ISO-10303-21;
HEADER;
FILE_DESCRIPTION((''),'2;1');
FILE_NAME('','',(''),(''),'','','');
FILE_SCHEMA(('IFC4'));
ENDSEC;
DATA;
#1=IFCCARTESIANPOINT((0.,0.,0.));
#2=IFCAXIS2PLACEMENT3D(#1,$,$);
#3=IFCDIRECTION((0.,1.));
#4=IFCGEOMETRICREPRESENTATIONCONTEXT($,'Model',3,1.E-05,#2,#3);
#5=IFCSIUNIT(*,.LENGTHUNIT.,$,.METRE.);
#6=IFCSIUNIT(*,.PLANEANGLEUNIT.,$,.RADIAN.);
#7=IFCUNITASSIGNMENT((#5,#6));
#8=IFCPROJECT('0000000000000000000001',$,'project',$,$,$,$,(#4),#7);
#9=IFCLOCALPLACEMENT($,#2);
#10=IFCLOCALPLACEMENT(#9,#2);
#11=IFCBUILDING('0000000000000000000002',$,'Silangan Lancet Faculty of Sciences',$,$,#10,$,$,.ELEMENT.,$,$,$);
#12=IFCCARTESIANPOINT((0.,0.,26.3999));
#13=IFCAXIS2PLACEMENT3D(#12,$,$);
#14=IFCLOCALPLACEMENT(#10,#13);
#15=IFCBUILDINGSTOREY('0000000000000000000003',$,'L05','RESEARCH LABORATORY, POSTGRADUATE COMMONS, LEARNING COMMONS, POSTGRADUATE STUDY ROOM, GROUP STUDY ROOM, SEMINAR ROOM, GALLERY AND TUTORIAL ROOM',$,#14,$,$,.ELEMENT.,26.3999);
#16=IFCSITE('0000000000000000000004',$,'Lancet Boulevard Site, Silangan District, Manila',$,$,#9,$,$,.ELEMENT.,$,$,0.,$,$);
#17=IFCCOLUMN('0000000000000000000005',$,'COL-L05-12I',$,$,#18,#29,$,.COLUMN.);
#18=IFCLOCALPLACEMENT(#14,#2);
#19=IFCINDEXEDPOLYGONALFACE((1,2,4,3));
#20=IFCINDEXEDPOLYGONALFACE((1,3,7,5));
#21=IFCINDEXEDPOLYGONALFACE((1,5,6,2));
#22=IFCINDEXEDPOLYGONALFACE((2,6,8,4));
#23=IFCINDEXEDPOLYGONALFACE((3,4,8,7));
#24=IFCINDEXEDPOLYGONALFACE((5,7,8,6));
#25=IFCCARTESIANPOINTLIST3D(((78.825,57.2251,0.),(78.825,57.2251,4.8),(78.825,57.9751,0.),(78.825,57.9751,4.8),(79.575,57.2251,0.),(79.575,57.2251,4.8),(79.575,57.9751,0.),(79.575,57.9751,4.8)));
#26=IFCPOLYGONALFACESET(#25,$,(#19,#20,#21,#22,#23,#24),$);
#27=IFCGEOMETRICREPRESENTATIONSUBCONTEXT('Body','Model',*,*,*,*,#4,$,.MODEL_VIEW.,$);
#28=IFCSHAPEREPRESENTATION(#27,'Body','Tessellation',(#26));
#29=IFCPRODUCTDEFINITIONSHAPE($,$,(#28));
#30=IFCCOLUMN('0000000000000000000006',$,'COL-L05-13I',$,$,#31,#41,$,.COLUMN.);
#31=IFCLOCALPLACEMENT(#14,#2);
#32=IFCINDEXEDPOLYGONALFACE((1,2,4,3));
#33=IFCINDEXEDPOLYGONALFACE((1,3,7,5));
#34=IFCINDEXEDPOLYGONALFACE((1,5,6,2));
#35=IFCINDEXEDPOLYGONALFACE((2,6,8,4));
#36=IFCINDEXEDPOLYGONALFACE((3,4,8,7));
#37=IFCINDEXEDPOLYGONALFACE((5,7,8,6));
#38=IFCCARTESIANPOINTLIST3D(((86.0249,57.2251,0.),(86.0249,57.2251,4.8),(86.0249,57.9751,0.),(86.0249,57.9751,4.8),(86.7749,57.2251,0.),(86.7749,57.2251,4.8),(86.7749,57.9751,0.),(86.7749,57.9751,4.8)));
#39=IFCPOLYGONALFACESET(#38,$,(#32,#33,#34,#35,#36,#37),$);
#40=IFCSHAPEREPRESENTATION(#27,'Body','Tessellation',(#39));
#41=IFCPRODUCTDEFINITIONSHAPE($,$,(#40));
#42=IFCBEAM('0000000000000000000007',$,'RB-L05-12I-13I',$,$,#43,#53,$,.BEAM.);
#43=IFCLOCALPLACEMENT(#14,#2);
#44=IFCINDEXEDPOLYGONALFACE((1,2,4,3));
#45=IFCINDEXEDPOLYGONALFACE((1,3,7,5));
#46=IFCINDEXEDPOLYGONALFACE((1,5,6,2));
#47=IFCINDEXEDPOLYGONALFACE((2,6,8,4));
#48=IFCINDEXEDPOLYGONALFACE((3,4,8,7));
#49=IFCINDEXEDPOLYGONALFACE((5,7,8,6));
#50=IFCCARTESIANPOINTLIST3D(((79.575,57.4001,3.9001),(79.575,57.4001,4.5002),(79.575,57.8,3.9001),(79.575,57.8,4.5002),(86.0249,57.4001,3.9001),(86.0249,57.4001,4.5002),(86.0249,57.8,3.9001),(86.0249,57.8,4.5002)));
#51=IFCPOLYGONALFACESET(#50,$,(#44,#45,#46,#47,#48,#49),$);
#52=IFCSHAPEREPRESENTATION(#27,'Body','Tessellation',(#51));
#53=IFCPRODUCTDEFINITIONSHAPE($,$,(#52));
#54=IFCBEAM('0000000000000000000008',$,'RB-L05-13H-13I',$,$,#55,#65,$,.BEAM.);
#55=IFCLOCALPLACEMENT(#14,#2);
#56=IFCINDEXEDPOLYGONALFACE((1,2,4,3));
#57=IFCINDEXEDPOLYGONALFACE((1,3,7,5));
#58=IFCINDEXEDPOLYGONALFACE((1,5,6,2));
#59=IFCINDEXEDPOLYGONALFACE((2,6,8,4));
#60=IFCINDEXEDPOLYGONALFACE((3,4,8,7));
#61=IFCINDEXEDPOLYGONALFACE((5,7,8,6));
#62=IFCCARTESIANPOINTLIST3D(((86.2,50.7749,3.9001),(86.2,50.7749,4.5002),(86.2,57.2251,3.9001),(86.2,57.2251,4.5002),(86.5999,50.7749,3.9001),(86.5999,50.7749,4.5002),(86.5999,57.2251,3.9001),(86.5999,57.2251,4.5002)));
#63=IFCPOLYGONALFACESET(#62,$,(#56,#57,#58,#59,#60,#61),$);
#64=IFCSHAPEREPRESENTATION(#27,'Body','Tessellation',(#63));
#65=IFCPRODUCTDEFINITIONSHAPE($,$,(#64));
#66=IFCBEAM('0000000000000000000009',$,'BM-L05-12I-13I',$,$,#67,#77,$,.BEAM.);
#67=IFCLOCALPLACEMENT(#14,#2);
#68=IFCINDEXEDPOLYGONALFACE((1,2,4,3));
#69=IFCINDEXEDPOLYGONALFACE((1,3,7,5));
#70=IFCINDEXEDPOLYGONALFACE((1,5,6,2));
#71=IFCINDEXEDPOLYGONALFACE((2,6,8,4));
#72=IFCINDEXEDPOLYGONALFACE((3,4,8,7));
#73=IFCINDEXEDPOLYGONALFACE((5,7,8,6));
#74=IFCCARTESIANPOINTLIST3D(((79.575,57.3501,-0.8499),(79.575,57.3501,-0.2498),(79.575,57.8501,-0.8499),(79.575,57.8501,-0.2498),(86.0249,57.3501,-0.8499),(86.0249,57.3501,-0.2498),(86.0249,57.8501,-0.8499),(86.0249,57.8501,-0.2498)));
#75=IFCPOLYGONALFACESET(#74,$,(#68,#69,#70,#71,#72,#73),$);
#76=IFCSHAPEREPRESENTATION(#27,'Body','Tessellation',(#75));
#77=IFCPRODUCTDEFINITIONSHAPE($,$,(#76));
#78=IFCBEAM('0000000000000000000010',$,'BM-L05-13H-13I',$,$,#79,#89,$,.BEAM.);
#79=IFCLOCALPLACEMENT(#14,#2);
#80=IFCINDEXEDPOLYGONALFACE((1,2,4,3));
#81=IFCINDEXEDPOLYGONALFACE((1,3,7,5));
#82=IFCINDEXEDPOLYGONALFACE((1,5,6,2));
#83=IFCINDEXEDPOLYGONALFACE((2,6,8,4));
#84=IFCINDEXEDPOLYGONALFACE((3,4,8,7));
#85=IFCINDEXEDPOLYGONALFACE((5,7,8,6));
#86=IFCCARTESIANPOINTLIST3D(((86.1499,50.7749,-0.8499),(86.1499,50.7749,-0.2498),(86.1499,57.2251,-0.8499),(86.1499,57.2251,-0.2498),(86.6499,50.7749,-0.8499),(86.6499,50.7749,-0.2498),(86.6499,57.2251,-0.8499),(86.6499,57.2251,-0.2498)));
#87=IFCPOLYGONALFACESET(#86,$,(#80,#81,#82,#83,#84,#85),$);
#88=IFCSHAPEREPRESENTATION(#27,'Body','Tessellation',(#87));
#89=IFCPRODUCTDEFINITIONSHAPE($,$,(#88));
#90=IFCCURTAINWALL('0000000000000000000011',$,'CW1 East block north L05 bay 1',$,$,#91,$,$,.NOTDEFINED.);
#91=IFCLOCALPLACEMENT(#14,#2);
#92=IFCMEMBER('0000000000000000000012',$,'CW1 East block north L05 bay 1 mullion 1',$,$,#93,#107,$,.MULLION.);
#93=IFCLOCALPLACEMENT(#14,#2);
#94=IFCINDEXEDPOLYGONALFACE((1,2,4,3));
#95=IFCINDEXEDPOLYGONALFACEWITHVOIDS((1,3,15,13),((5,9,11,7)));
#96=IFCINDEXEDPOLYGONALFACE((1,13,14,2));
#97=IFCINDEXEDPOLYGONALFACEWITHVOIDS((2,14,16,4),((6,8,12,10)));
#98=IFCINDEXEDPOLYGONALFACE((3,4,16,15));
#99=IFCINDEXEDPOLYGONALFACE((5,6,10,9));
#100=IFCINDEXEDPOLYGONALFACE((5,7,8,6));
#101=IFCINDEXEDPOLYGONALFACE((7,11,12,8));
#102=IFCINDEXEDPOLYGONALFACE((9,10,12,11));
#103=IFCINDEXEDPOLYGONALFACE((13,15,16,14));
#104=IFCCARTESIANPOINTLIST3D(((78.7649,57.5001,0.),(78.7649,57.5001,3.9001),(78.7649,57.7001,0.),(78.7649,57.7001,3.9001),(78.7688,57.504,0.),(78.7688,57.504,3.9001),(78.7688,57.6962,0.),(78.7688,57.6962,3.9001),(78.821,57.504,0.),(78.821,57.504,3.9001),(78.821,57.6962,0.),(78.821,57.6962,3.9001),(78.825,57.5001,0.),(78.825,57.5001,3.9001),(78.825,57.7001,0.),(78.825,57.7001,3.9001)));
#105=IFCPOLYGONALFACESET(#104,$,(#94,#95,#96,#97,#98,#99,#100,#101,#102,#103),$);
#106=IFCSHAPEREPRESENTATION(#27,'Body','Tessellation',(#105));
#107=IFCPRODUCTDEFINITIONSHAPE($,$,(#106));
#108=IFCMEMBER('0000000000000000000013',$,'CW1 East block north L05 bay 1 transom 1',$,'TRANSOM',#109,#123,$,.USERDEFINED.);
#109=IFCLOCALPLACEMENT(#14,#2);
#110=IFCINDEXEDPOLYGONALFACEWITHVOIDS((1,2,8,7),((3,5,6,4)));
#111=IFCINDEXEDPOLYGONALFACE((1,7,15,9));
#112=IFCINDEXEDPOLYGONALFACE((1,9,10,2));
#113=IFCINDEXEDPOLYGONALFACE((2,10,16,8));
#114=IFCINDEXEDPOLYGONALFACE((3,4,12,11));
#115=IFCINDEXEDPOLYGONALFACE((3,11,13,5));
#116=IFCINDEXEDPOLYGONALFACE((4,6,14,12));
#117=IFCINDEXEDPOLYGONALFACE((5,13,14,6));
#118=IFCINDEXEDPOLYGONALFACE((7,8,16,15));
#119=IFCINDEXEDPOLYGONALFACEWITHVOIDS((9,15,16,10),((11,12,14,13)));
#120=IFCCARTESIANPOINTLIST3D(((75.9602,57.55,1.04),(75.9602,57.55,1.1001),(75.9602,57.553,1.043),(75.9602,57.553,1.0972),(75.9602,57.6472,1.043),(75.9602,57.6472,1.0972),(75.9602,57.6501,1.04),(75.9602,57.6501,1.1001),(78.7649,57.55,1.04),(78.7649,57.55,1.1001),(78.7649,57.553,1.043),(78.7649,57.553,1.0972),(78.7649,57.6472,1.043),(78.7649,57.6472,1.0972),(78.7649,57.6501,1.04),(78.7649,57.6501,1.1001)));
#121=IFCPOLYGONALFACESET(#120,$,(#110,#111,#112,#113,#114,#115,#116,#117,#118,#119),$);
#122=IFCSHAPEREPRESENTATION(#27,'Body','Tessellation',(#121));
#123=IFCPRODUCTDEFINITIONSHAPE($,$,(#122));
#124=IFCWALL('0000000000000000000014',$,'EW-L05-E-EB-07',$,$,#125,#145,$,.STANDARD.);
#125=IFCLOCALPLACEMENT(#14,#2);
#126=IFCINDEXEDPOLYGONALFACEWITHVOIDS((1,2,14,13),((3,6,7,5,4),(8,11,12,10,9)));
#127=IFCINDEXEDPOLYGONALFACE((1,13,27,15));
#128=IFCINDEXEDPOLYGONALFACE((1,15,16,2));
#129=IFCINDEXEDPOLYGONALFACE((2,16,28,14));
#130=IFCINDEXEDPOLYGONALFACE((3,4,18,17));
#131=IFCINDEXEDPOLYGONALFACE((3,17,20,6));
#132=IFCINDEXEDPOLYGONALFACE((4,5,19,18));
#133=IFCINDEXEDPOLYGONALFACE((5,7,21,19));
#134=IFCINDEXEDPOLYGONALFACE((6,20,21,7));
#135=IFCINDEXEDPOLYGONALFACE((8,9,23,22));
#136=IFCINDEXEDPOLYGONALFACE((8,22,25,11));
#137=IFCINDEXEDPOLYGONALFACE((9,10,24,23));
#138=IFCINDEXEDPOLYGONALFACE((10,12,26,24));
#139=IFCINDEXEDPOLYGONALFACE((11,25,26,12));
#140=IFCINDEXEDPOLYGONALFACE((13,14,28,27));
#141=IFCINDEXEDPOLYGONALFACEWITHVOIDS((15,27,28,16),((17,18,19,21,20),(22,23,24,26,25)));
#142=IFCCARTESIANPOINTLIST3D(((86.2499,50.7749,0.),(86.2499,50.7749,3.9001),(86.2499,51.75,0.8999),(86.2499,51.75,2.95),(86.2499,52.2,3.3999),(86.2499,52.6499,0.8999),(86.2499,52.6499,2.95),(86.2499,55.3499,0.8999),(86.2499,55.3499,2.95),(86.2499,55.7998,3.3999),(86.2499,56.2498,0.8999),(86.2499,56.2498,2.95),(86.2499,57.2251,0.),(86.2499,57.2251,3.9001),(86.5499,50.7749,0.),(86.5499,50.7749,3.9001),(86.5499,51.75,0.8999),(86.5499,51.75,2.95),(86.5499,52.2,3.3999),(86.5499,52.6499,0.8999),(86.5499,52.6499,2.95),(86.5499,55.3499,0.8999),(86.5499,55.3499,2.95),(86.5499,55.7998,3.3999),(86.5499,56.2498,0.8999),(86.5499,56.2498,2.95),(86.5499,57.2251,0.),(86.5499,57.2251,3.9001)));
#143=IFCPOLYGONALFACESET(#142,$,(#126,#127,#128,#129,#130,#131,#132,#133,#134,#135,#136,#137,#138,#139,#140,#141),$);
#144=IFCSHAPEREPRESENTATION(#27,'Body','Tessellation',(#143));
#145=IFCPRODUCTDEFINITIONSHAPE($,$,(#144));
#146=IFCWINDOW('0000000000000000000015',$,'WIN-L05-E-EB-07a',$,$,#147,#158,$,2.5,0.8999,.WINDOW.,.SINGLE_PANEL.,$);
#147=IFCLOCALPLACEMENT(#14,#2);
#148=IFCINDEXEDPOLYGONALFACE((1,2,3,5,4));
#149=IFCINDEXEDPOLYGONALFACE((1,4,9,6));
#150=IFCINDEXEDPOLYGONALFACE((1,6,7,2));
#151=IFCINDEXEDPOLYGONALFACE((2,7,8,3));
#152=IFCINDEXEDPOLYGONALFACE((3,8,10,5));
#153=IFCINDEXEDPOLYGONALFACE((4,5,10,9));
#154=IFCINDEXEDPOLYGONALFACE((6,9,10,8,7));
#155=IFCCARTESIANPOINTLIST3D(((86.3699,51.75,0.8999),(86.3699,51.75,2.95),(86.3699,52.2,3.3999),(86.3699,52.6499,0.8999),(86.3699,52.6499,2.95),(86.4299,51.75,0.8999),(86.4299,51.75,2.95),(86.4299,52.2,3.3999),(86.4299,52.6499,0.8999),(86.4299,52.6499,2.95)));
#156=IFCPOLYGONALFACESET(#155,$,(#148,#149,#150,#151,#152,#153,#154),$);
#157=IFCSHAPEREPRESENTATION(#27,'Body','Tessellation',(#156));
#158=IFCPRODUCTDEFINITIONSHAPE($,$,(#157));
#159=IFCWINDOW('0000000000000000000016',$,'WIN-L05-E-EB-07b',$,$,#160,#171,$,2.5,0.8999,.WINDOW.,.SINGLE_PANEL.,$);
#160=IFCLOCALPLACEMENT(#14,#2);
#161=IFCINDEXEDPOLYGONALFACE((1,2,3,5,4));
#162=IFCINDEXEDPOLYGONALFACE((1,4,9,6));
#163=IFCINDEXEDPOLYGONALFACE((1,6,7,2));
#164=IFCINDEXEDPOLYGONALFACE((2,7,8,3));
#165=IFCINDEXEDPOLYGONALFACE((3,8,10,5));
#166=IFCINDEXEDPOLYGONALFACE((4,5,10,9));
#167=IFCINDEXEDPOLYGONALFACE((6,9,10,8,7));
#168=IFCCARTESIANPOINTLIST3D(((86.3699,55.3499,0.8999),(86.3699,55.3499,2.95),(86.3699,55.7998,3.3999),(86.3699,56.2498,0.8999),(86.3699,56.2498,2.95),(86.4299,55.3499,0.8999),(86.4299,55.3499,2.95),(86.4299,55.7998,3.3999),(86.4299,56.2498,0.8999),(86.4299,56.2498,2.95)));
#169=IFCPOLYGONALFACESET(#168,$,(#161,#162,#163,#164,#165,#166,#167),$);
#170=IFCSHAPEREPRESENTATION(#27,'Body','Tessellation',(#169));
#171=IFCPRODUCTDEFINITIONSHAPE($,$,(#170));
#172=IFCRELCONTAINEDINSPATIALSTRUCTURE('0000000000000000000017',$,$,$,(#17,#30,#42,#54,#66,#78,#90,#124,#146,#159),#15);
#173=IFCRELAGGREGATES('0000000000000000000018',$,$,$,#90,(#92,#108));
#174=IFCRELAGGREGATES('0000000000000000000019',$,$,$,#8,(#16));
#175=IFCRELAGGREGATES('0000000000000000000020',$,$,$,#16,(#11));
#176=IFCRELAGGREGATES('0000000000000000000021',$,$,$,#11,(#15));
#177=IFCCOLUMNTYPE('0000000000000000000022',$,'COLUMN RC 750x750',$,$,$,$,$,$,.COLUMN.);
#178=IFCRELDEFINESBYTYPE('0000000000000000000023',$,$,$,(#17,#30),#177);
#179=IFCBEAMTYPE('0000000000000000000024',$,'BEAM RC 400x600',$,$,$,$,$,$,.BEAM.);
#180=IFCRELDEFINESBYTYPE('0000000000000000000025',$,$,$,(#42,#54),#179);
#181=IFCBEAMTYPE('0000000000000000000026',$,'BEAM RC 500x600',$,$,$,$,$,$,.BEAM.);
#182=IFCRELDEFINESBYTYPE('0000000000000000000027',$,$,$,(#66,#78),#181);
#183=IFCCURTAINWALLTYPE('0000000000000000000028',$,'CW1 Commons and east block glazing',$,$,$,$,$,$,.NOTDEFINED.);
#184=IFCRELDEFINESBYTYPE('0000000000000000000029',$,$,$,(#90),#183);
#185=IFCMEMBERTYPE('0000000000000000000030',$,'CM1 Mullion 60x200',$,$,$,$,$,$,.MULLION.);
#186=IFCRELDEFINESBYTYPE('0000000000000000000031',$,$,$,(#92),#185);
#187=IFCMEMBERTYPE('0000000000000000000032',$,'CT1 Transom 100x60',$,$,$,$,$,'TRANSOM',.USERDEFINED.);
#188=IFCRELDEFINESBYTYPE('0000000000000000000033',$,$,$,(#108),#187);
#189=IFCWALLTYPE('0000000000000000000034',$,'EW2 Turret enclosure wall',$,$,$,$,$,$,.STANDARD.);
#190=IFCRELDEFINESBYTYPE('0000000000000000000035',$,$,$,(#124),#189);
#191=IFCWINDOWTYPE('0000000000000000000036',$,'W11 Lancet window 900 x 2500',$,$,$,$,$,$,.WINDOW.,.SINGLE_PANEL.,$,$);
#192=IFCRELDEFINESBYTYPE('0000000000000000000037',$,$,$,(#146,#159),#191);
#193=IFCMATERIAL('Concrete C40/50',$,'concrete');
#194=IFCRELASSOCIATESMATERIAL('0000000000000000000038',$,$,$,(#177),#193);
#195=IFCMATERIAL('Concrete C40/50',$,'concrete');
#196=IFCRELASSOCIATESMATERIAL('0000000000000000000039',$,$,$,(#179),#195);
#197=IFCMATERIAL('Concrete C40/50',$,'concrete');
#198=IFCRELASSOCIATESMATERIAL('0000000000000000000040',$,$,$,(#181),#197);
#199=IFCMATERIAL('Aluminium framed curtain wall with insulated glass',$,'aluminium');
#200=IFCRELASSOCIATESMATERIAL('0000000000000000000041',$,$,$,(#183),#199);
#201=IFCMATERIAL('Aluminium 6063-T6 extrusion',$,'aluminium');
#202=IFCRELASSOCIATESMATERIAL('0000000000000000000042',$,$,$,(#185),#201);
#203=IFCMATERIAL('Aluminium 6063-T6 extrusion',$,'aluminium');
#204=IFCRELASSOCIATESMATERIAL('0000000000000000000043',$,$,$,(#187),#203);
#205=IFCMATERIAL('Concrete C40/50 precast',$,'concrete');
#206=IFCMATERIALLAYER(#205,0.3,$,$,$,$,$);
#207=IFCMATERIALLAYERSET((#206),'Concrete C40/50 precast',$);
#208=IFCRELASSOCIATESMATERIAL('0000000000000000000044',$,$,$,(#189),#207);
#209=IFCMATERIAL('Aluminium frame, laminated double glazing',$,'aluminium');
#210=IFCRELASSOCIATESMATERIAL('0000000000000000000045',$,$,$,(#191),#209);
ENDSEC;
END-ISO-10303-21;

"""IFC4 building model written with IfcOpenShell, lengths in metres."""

from ifc_helpers import new_model, si_unit, direction, frame, frame_2d, origin, origin_2d, place, context, subcontext, project, spatial, polyline, rectangle, hollow_rectangle, outline, extrude, material, layer, layer_set, material_profile, profile_set, type_object, element, fill, aggregate, save


model = new_model("IFC4")

# Units and contexts
model_context = context("Model", 3, precision=1e-05, world=origin(), true_north=direction((0.0, 1.0)))
body_context = subcontext(model_context, "Body", "Model", "MODEL_VIEW")
ifc_project = project(units=[si_unit("LENGTHUNIT", "METRE"), si_unit("PLANEANGLEUNIT", "RADIAN")], contexts=[model_context])

# Site, building, storey
site_placement = place(None, origin())
site = spatial("IfcSite", under=ifc_project, at=site_placement, Name="Lancet Boulevard Site, Silangan District, Manila", CompositionType="ELEMENT", RefElevation=0.0)
building_placement = place(site_placement, origin())
building = spatial("IfcBuilding", under=site, at=building_placement, Name="Silangan Lancet Faculty of Sciences", CompositionType="ELEMENT")
storey_placement = place(building_placement, frame((0.0, 0.0, 26.3999)))
storey = spatial("IfcBuildingStorey", under=building, at=storey_placement, Name="L05", Description="RESEARCH LABORATORY, POSTGRADUATE COMMONS, LEARNING COMMONS, POSTGRADUATE STUDY ROOM, GROUP STUDY ROOM, SEMINAR ROOM, GALLERY AND TUTORIAL ROOM", CompositionType="ELEMENT", Elevation=26.3999)

# Columns
ifc_material_1 = material(Name="Concrete C40/50", Category="concrete")
ifc_material_profile_1 = material_profile(ifc_material_1, rectangle(XDim=0.75, YDim=0.75, at=origin_2d()), Name="RC 750x750")
ifc_profile_set_1 = profile_set([ifc_material_profile_1], Name="Concrete C40/50")
column_type = type_object("IfcColumnType", Name="COLUMN RC 750x750", PredefinedType="COLUMN", material=ifc_profile_set_1)
for number, where, z_axis, x_axis, name in (
    (1, (79.2, 57.6001, 0.0), (0.0, 0.0, 1.0), (1.0, 0.0, 0.0), "COL-L05-12I"),
    (2, (86.3999, 57.6001, 0.0), (0.0, 0.0, 1.0), (1.0, 0.0, 0.0), "COL-L05-13I"),
):
    element("IfcColumn", number, at=place(storey_placement, frame(where, z_axis=z_axis, x_axis=x_axis)), inside=storey, type_object=column_type, Name=name, PredefinedType="COLUMN", context=body_context, shape_type="SweptSolid", body=[
        extrude(rectangle(XDim=0.75, YDim=0.75, at=origin_2d()), origin(), (0.0, 0.0, 1.0), 4.8),
    ])

# Beams
ifc_material_2 = material(Name="Concrete C40/50", Category="concrete")
ifc_material_profile_2 = material_profile(ifc_material_2, rectangle(XDim=0.3999, YDim=0.6001, at=origin_2d()), Name="RC 400x600")
ifc_profile_set_2 = profile_set([ifc_material_profile_2], Name="Concrete C40/50")
beam_type_1 = type_object("IfcBeamType", Name="BEAM RC 400x600", PredefinedType="BEAM", material=ifc_profile_set_2)
beam_1_placement = place(storey_placement, frame((79.575, 57.6001, 4.2002), z_axis=(1.0, 0.0, 0.0), x_axis=(0.0, 1.0, 0.0)))
element("IfcBeam", 3, at=beam_1_placement, inside=storey, type_object=beam_type_1, Name="RB-L05-12I-13I", PredefinedType="BEAM", context=body_context, shape_type="SweptSolid", body=[
    extrude(rectangle(XDim=0.3999, YDim=0.6001, at=origin_2d()), origin(), (0.0, 0.0, 1.0), 6.45),
])
beam_2_placement = place(storey_placement, frame((86.3999, 50.7749, 4.2002), z_axis=(0.0, 1.0, 0.0), x_axis=(-1.0, 0.0, 0.0)))
element("IfcBeam", 4, at=beam_2_placement, inside=storey, type_object=beam_type_1, Name="RB-L05-13H-13I", PredefinedType="BEAM", context=body_context, shape_type="SweptSolid", body=[
    extrude(rectangle(XDim=0.3999, YDim=0.6001, at=origin_2d()), origin(), (0.0, 0.0, 1.0), 6.4502),
])
ifc_material_3 = material(Name="Concrete C40/50", Category="concrete")
ifc_material_profile_3 = material_profile(ifc_material_3, rectangle(XDim=0.5, YDim=0.6001, at=origin_2d()), Name="RC 500x600")
ifc_profile_set_3 = profile_set([ifc_material_profile_3], Name="Concrete C40/50")
beam_type_2 = type_object("IfcBeamType", Name="BEAM RC 500x600", PredefinedType="BEAM", material=ifc_profile_set_3)
beam_3_placement = place(storey_placement, frame((79.575, 57.6001, -0.5498), z_axis=(1.0, 0.0, 0.0), x_axis=(0.0, 1.0, 0.0)))
element("IfcBeam", 5, at=beam_3_placement, inside=storey, type_object=beam_type_2, Name="BM-L05-12I-13I", PredefinedType="BEAM", context=body_context, shape_type="SweptSolid", body=[
    extrude(rectangle(XDim=0.5, YDim=0.6001, at=origin_2d()), origin(), (0.0, 0.0, 1.0), 6.45),
])
beam_4_placement = place(storey_placement, frame((86.3999, 50.7749, -0.5498), z_axis=(0.0, 1.0, 0.0), x_axis=(-1.0, 0.0, 0.0)))
element("IfcBeam", 6, at=beam_4_placement, inside=storey, type_object=beam_type_2, Name="BM-L05-13H-13I", PredefinedType="BEAM", context=body_context, shape_type="SweptSolid", body=[
    extrude(rectangle(XDim=0.5, YDim=0.6001, at=origin_2d()), origin(), (0.0, 0.0, 1.0), 6.4502),
])

# Curtain wall, members
ifc_material_4 = material(Name="Aluminium framed curtain wall with insulated glass", Category="aluminium")
curtain_wall_type = type_object("IfcCurtainWallType", Name="CW1 Commons and east block glazing", PredefinedType="NOTDEFINED", material=ifc_material_4)
curtain_wall_placement = place(storey_placement, origin())
curtain_wall = element("IfcCurtainWall", 7, at=curtain_wall_placement, inside=storey, type_object=curtain_wall_type, Name="CW1 East block north L05 bay 1", PredefinedType="NOTDEFINED")
ifc_material_5 = material(Name="Aluminium 6063-T6 extrusion", Category="aluminium")
ifc_material_profile_4 = material_profile(ifc_material_5, hollow_rectangle(XDim=0.0601, YDim=0.2, WallThickness=0.0039, at=origin_2d()), Name="AL BOX 60x200x4")
ifc_profile_set_4 = profile_set([ifc_material_profile_4], Name="Aluminium 6063-T6 extrusion")
member_type_1 = type_object("IfcMemberType", Name="CM1 Mullion 60x200", PredefinedType="MULLION", material=ifc_profile_set_4)
member_1_placement = place(storey_placement, frame((78.7949, 57.6001, 0.0), z_axis=(0.0, 0.0, 1.0), x_axis=(-1.0, 0.0, 0.0)))
member_1 = element("IfcMember", 8, at=member_1_placement, type_object=member_type_1, Name="CW1 East block north L05 bay 1 mullion 1", PredefinedType="MULLION", context=body_context, shape_type="SweptSolid", body=[
    extrude(hollow_rectangle(XDim=0.0601, YDim=0.2, WallThickness=0.0039, at=origin_2d()), origin(), (0.0, 0.0, 1.0), 3.9001),
])
ifc_material_6 = material(Name="Aluminium 6063-T6 extrusion", Category="aluminium")
ifc_material_profile_5 = material_profile(ifc_material_6, hollow_rectangle(XDim=0.1001, YDim=0.0601, WallThickness=0.0029, at=origin_2d()), Name="AL BOX 100x60x3")
ifc_profile_set_5 = profile_set([ifc_material_profile_5], Name="Aluminium 6063-T6 extrusion")
member_type_2 = type_object("IfcMemberType", Name="CT1 Transom 100x60", ElementType="TRANSOM", PredefinedType="USERDEFINED", material=ifc_profile_set_5)
member_2_placement = place(storey_placement, frame((78.7649, 57.6001, 1.0701), z_axis=(-1.0, 0.0, 0.0), x_axis=(0.0, -1.0, 0.0)))
member_2 = element("IfcMember", 9, at=member_2_placement, type_object=member_type_2, Name="CW1 East block north L05 bay 1 transom 1", ObjectType="TRANSOM", PredefinedType="USERDEFINED", context=body_context, shape_type="SweptSolid", body=[
    extrude(hollow_rectangle(XDim=0.1001, YDim=0.0601, WallThickness=0.0029, at=origin_2d()), origin(), (0.0, 0.0, 1.0), 2.8047),
])
aggregate(curtain_wall, [member_1, member_2])

# Wall, openings, windows
ifc_material_7 = material(Name="Concrete C40/50 precast", Category="concrete")
ifc_layer_1 = layer(ifc_material_7, 0.3)
ifc_layer_set_1 = layer_set([ifc_layer_1], Name="Concrete C40/50 precast")
wall_type_1 = type_object("IfcWallType", Name="EW2 Turret enclosure wall", PredefinedType="STANDARD", material=ifc_layer_set_1)
wall_1_placement = place(storey_placement, frame((86.3999, 50.7749, 0.0), z_axis=(0.0, 0.0, 1.0), x_axis=(0.0, 1.0, 0.0)))
wall_1 = element("IfcWall", 10, at=wall_1_placement, inside=storey, type_object=wall_type_1, Name="EW-L05-E-EB-07", PredefinedType="STANDARD", context=body_context, shape_type="SweptSolid", body=[
    extrude(rectangle(XDim=6.4502, YDim=0.3, at=frame_2d((3.2251, 0.0))), origin(), (0.0, 0.0, 1.0), 3.9001),
])
opening_1_placement = place(wall_1_placement, frame((0.9751, 0.0, 0.8999)))
opening_1 = element("IfcOpeningElement", 11, at=opening_1_placement, cuts=wall_1, PredefinedType="OPENING", context=body_context, shape_type="SweptSolid", body=[
    extrude(outline(polyline([(0.0, 0.0), (0.8999, 0.0), (0.8999, 2.05), (0.45, 2.5), (0.0, 2.05), (0.0, 0.0)])), frame((0.0, 0.1599, 0.0), z_axis=(0.0, -1.0, 0.0), x_axis=(1.0, 0.0, 0.0)), (0.0, 0.0, 1.0), 0.3201),
])
opening_2_placement = place(wall_1_placement, frame((4.575, 0.0, 0.8999)))
opening_2 = element("IfcOpeningElement", 12, at=opening_2_placement, cuts=wall_1, PredefinedType="OPENING", context=body_context, shape_type="SweptSolid", body=[
    extrude(outline(polyline([(0.0, 0.0), (0.8999, 0.0), (0.8999, 2.05), (0.45, 2.5), (0.0, 2.05), (0.0, 0.0)])), frame((0.0, 0.1599, 0.0), z_axis=(0.0, -1.0, 0.0), x_axis=(1.0, 0.0, 0.0)), (0.0, 0.0, 1.0), 0.3201),
])
ifc_material_8 = material(Name="Aluminium frame, laminated double glazing", Category="aluminium")
window_type = type_object("IfcWindowType", Name="W11 Lancet window 900 x 2500", PartitioningType="SINGLE_PANEL", PredefinedType="WINDOW", material=ifc_material_8)
window_1_placement = place(opening_1_placement, origin())
window_1 = element("IfcWindow", 13, at=window_1_placement, inside=storey, type_object=window_type, Name="WIN-L05-E-EB-07a", OverallHeight=2.5, OverallWidth=0.8999, PartitioningType="SINGLE_PANEL", PredefinedType="WINDOW", context=body_context, shape_type="SweptSolid", body=[
    extrude(outline(polyline([(0.0, 0.0), (0.8999, 0.0), (0.8999, 2.05), (0.45, 2.5), (0.0, 2.05), (0.0, 0.0)])), frame((0.0, 0.03, 0.0), z_axis=(0.0, -1.0, 0.0), x_axis=(1.0, 0.0, 0.0)), (0.0, 0.0, 1.0), 0.0601),
])
fill(opening_1, window_1)
window_2_placement = place(opening_2_placement, origin())
window_2 = element("IfcWindow", 14, at=window_2_placement, inside=storey, type_object=window_type, Name="WIN-L05-E-EB-07b", OverallHeight=2.5, OverallWidth=0.8999, PartitioningType="SINGLE_PANEL", PredefinedType="WINDOW", context=body_context, shape_type="SweptSolid", body=[
    extrude(outline(polyline([(0.0, 0.0), (0.8999, 0.0), (0.8999, 2.05), (0.45, 2.5), (0.0, 2.05), (0.0, 0.0)])), frame((0.0, 0.03, 0.0), z_axis=(0.0, -1.0, 0.0), x_axis=(1.0, 0.0, 0.0)), (0.0, 0.0, 1.0), 0.0601),
])
fill(opening_2, window_2)

save(model, "model.ifc")
